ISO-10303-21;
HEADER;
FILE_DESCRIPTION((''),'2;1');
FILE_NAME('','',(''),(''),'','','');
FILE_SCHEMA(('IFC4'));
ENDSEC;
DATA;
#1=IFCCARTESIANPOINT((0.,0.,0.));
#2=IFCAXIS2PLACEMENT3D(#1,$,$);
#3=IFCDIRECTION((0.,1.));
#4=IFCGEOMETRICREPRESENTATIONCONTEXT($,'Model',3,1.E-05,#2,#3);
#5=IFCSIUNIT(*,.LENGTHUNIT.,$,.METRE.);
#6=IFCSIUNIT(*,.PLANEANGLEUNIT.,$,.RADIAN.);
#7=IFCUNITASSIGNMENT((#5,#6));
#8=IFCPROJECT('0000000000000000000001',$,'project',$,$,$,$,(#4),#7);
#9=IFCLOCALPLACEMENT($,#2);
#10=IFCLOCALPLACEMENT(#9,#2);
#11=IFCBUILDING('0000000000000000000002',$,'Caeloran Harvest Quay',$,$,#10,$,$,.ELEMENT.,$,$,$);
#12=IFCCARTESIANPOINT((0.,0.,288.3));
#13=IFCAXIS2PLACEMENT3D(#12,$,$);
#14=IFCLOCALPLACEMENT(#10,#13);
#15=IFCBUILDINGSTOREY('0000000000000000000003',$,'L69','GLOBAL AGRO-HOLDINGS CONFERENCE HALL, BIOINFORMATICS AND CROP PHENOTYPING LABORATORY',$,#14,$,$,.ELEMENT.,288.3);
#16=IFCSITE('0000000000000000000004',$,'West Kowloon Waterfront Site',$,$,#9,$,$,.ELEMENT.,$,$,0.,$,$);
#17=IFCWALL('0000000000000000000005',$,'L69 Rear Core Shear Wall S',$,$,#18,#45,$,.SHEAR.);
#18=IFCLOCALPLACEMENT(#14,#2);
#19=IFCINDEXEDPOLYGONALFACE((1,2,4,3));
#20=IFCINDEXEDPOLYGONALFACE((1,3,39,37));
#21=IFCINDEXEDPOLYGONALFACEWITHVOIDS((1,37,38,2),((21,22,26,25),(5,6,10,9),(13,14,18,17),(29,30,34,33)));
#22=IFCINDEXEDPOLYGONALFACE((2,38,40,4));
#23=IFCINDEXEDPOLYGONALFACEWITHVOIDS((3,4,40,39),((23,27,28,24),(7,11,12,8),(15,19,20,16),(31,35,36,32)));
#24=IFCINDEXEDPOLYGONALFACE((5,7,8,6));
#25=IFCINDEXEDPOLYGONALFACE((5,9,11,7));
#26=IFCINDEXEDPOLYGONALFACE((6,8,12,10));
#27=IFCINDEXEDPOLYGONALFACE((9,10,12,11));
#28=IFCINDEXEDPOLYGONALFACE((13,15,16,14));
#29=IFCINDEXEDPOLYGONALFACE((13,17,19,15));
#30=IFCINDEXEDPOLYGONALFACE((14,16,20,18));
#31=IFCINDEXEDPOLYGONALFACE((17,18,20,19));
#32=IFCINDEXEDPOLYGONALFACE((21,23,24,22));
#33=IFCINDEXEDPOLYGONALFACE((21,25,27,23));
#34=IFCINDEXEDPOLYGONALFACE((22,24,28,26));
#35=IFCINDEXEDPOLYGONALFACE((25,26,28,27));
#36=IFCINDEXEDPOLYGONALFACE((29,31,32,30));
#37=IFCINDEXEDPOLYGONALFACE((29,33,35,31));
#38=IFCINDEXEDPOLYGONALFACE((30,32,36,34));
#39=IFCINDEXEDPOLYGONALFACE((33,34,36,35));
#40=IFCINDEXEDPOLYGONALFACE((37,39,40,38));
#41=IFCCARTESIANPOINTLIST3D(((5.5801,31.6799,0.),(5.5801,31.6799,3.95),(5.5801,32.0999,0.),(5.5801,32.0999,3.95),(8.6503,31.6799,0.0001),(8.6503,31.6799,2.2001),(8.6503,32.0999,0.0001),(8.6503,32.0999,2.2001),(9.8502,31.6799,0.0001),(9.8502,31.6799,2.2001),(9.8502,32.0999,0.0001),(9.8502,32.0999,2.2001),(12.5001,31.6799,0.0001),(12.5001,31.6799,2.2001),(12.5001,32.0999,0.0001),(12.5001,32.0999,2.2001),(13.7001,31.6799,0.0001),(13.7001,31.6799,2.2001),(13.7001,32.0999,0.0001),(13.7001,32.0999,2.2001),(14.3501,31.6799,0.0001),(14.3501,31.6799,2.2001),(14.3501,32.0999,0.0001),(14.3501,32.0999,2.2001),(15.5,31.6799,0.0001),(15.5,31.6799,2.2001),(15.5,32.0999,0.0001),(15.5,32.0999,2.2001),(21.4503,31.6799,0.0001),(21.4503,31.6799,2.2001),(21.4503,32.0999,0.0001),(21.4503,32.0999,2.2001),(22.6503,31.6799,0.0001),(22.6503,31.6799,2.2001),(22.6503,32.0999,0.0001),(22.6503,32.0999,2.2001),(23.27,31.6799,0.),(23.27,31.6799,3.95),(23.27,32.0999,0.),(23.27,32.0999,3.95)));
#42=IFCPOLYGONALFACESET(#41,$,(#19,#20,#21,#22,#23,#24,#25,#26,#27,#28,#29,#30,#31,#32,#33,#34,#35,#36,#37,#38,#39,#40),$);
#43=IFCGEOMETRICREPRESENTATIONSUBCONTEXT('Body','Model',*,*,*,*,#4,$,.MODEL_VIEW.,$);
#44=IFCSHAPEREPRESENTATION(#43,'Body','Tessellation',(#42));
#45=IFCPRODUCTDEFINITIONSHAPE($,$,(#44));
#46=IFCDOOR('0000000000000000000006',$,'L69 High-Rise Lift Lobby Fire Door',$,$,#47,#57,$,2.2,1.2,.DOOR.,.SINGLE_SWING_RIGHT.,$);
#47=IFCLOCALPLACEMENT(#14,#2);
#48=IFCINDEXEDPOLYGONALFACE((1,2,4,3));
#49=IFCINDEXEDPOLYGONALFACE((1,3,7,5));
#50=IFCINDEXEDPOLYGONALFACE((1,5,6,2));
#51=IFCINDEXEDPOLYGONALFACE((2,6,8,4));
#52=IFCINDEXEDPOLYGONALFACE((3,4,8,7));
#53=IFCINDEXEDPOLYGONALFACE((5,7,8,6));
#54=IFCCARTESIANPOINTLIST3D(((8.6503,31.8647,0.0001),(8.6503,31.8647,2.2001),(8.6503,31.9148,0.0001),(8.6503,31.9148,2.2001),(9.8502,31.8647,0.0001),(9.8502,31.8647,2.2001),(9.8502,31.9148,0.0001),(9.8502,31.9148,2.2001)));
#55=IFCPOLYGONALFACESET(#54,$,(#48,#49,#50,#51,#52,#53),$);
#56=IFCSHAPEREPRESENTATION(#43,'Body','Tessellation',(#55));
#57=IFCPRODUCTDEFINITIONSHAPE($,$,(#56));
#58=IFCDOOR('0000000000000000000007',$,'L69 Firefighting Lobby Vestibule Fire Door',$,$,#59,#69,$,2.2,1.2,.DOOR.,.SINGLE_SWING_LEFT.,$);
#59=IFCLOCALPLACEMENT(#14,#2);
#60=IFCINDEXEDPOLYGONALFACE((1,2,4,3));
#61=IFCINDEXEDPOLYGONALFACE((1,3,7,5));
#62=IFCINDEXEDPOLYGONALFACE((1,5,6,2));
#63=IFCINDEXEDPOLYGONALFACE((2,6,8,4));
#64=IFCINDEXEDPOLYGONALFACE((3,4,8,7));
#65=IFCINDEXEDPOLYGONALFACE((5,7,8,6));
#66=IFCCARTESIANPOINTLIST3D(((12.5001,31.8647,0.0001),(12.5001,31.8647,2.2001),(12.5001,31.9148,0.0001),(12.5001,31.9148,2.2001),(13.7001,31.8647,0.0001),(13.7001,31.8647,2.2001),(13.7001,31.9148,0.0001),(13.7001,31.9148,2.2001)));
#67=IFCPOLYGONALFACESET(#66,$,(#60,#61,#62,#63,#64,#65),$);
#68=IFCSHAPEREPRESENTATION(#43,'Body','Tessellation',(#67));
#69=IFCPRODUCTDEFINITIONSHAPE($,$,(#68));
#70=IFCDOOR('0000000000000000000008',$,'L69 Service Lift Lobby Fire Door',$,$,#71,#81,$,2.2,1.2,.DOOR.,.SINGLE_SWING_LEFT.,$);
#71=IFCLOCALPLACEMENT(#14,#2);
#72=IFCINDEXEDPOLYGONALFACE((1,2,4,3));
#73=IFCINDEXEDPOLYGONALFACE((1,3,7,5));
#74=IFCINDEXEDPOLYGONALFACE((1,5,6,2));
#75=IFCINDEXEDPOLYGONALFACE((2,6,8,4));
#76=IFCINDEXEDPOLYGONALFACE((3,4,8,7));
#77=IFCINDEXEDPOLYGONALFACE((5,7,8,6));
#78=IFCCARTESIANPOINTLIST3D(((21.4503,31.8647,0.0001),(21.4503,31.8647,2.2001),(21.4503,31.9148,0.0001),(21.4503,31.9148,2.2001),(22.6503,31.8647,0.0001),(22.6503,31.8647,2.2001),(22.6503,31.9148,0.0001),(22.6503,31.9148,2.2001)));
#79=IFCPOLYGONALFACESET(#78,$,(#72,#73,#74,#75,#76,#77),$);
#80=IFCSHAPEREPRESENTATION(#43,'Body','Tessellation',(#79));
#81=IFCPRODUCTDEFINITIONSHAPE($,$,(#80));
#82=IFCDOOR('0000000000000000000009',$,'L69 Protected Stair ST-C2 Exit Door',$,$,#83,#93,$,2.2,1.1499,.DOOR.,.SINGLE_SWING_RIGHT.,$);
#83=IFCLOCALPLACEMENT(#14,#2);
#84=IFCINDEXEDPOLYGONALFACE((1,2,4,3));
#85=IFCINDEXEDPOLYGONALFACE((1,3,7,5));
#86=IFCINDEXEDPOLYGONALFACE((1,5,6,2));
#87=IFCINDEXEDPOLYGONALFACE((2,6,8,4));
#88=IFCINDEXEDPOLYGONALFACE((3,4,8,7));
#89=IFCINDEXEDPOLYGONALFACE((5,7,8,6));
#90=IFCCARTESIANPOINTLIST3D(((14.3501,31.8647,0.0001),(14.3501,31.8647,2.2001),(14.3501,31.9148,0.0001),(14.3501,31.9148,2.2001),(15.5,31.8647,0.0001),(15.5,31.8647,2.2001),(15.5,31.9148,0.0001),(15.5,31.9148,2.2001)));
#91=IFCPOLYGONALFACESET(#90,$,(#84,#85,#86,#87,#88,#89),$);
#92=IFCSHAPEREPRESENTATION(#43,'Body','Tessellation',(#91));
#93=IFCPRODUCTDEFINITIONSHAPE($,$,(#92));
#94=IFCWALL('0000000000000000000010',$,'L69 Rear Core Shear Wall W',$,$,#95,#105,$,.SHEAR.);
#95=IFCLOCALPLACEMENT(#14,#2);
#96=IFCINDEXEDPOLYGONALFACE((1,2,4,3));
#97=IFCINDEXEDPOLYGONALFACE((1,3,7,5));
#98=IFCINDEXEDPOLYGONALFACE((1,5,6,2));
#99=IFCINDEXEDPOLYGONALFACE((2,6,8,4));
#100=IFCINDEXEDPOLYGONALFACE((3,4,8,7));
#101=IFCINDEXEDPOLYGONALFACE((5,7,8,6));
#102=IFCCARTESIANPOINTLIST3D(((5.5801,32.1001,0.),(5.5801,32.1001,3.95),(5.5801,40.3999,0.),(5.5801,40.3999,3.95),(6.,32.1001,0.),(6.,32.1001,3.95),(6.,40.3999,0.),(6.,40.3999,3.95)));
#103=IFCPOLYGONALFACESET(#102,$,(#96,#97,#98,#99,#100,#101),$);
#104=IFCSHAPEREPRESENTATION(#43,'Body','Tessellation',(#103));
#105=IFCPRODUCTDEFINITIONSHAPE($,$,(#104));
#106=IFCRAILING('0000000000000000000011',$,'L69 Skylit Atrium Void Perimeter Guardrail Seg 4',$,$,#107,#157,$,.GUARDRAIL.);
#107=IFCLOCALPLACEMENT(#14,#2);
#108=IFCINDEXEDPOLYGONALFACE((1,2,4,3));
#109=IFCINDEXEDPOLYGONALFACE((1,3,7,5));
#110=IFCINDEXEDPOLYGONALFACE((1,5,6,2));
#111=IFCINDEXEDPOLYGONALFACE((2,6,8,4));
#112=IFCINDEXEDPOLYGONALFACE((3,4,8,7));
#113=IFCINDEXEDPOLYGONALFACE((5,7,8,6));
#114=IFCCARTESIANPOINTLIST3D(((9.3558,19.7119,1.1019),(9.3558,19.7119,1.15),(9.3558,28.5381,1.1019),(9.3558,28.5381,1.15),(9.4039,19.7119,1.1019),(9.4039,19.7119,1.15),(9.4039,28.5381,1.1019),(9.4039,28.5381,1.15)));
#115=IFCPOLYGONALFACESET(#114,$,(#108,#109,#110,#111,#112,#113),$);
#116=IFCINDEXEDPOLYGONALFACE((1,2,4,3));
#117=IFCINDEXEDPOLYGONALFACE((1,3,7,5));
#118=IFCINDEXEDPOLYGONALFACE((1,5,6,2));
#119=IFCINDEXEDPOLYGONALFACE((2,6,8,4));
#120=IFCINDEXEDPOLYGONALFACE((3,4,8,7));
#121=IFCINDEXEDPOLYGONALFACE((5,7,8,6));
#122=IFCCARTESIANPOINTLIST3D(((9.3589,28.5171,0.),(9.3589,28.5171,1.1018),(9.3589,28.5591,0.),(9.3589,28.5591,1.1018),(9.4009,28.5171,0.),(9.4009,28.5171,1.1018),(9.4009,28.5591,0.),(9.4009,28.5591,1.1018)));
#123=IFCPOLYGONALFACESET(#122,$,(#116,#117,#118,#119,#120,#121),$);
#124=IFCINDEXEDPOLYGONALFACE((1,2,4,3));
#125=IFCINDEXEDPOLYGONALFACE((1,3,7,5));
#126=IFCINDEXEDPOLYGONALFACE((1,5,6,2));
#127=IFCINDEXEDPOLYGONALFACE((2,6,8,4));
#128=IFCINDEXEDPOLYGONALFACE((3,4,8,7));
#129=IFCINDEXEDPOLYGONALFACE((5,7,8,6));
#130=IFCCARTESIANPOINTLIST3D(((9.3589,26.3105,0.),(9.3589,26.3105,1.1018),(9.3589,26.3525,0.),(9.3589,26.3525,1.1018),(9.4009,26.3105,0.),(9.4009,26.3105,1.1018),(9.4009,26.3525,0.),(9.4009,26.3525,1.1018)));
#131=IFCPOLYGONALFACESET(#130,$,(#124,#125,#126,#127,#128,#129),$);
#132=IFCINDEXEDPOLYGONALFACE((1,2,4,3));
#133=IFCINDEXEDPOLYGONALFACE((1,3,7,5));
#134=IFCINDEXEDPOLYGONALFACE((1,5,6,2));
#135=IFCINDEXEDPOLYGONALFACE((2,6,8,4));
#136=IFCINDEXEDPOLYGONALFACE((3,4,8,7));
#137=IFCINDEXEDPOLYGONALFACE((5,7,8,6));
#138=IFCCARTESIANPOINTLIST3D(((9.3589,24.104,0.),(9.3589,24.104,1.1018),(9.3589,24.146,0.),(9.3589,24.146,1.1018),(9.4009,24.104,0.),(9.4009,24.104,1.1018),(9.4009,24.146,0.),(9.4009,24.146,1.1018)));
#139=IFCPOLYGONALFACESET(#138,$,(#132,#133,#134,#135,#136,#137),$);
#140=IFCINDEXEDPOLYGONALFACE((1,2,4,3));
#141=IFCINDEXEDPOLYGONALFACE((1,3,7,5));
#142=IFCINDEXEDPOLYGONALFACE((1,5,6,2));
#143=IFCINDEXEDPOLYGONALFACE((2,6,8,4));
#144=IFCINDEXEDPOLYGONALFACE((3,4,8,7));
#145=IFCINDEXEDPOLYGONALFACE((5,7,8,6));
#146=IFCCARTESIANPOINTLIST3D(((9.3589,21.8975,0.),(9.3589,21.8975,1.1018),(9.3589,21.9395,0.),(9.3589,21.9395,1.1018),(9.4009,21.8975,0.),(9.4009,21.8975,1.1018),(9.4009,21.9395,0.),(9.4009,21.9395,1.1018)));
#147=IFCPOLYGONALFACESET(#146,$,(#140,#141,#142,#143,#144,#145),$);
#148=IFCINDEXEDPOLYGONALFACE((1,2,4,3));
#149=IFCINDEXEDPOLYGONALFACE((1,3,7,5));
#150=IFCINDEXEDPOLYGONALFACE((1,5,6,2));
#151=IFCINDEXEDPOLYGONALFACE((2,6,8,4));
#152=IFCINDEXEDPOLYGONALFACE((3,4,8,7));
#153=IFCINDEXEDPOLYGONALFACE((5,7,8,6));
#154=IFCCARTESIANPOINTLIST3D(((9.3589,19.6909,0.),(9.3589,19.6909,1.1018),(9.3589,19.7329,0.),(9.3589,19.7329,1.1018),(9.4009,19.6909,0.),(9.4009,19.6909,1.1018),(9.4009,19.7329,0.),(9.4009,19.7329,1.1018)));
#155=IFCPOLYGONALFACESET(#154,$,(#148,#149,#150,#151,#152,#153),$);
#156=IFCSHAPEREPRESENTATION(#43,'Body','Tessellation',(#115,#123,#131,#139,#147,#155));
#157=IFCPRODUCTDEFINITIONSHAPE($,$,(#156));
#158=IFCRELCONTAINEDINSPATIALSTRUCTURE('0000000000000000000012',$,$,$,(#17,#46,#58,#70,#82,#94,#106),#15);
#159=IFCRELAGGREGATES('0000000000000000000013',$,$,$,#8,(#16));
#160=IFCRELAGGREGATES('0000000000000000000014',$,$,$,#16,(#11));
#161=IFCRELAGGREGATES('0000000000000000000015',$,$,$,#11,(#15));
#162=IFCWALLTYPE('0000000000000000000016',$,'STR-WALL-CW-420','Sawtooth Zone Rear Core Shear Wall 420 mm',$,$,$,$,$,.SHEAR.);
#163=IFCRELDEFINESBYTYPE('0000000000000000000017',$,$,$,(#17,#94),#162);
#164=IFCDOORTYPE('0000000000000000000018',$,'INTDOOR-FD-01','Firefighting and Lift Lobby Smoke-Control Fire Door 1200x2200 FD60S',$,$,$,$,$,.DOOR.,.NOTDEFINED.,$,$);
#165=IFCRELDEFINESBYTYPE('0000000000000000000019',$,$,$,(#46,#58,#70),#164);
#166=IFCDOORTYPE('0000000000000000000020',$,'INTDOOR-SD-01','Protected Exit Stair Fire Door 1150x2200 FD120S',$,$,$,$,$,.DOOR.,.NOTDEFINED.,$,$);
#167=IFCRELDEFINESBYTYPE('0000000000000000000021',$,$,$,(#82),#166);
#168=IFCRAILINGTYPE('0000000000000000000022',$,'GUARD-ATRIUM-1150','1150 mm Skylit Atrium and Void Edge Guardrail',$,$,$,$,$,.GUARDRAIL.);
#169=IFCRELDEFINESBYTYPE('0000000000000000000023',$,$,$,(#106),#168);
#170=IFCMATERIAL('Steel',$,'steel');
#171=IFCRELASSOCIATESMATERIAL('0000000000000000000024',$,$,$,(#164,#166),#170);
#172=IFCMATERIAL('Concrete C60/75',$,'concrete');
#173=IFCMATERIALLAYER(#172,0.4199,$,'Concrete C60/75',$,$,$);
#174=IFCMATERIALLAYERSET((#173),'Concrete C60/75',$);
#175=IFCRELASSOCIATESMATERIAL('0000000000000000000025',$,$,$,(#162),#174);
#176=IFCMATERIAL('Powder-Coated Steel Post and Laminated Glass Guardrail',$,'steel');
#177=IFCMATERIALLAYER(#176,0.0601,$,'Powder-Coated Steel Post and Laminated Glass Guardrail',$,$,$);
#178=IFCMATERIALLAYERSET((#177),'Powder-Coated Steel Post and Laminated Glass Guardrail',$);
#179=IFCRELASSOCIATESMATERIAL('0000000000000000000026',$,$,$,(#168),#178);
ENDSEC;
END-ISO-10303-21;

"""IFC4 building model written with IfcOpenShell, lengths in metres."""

from ifc_helpers import new_model, si_unit, direction, frame, frame_2d, origin, origin_2d, place, context, subcontext, project, spatial, rectangle, extrude, material, layer, layer_set, type_object, element, fill, save


model = new_model("IFC4")

# Units and contexts
model_context = context("Model", 3, precision=1e-05, world=origin(), true_north=direction((0.0, 1.0)))
body_context = subcontext(model_context, "Body", "Model", "MODEL_VIEW")
ifc_project = project(units=[si_unit("LENGTHUNIT", "METRE"), si_unit("PLANEANGLEUNIT", "RADIAN")], contexts=[model_context])

# Site, building, storey
site_placement = place(None, origin())
site = spatial("IfcSite", under=ifc_project, at=site_placement, Name="West Kowloon Waterfront Site", CompositionType="ELEMENT", RefElevation=0.0)
building_placement = place(site_placement, origin())
building = spatial("IfcBuilding", under=site, at=building_placement, Name="Caeloran Harvest Quay", CompositionType="ELEMENT")
storey_placement = place(building_placement, frame((0.0, 0.0, 288.3)))
storey = spatial("IfcBuildingStorey", under=building, at=storey_placement, Name="L69", Description="GLOBAL AGRO-HOLDINGS CONFERENCE HALL, BIOINFORMATICS AND CROP PHENOTYPING LABORATORY", CompositionType="ELEMENT", Elevation=288.3)

# Shared definitions
ifc_material_1 = material(Name="Concrete C60/75", Category="concrete")

# Shared definitions
ifc_material_2 = material(Name="Steel", Category="steel")
door_type_1 = type_object("IfcDoorType", Name="INTDOOR-FD-01", Description="Firefighting and Lift Lobby Smoke-Control Fire Door 1200x2200 FD60S", OperationType="NOTDEFINED", PredefinedType="DOOR", material=ifc_material_2)

# Wall, openings, doors
ifc_layer_1 = layer(ifc_material_1, 0.4199, Name="Concrete C60/75")
ifc_layer_set_1 = layer_set([ifc_layer_1], Name="Concrete C60/75")
wall_type_1 = type_object("IfcWallType", Name="STR-WALL-CW-420", Description="Sawtooth Zone Rear Core Shear Wall 420 mm", PredefinedType="SHEAR", material=ifc_layer_set_1)
wall_1_placement = place(storey_placement, frame((5.5801, 31.8899, 0.0), z_axis=(0.0, 0.0, 1.0), x_axis=(1.0, 0.0, 0.0)))
wall_1 = element("IfcWall", 1, at=wall_1_placement, inside=storey, type_object=wall_type_1, Name="L69 Rear Core Shear Wall S", PredefinedType="SHEAR", context=body_context, shape_type="SweptSolid", body=[
    extrude(rectangle(XDim=17.6899, YDim=0.4199, at=frame_2d((8.845, 0.0))), origin(), (0.0, 0.0, 1.0), 3.95),
])
opening_1_placement = place(wall_1_placement, frame((3.0701, 0.0, 0.0)))
opening_1 = element("IfcOpeningElement", 2, at=opening_1_placement, cuts=wall_1, PredefinedType="OPENING", context=body_context, shape_type="SweptSolid", body=[
    extrude(rectangle(XDim=1.2, YDim=2.2, at=frame_2d((0.6001, 1.1001))), frame((0.0, 0.22, 0.0), z_axis=(0.0, -1.0, 0.0), x_axis=(1.0, 0.0, 0.0)), (0.0, 0.0, 1.0), 0.4399),
])
opening_2_placement = place(wall_1_placement, frame((6.9199, 0.0, 0.0)))
opening_2 = element("IfcOpeningElement", 3, at=opening_2_placement, cuts=wall_1, PredefinedType="OPENING", context=body_context, shape_type="SweptSolid", body=[
    extrude(rectangle(XDim=1.2, YDim=2.2, at=frame_2d((0.6001, 1.1001))), frame((0.0, 0.22, 0.0), z_axis=(0.0, -1.0, 0.0), x_axis=(1.0, 0.0, 0.0)), (0.0, 0.0, 1.0), 0.4399),
])
opening_3_placement = place(wall_1_placement, frame((8.77, 0.0, 0.0)))
opening_3 = element("IfcOpeningElement", 4, at=opening_3_placement, cuts=wall_1, PredefinedType="OPENING", context=body_context, shape_type="SweptSolid", body=[
    extrude(rectangle(XDim=1.1499, YDim=2.2, at=frame_2d((0.575, 1.1001))), frame((0.0, 0.22, 0.0), z_axis=(0.0, -1.0, 0.0), x_axis=(1.0, 0.0, 0.0)), (0.0, 0.0, 1.0), 0.4399),
])
opening_4_placement = place(wall_1_placement, frame((15.8701, 0.0, 0.0)))
opening_4 = element("IfcOpeningElement", 5, at=opening_4_placement, cuts=wall_1, PredefinedType="OPENING", context=body_context, shape_type="SweptSolid", body=[
    extrude(rectangle(XDim=1.2, YDim=2.2, at=frame_2d((0.6001, 1.1001))), frame((0.0, 0.22, 0.0), z_axis=(0.0, -1.0, 0.0), x_axis=(1.0, 0.0, 0.0)), (0.0, 0.0, 1.0), 0.4399),
])
door_1_placement = place(opening_1_placement, origin())
door_1 = element("IfcDoor", 6, at=door_1_placement, inside=storey, type_object=door_type_1, Name="L69 High-Rise Lift Lobby Fire Door", OperationType="SINGLE_SWING_RIGHT", OverallHeight=2.2, OverallWidth=1.2, PredefinedType="DOOR", context=body_context, shape_type="SweptSolid", body=[
    extrude(rectangle(XDim=1.2, YDim=2.2, at=frame_2d((0.6001, 1.1001))), frame((0.0, 0.0249, 0.0), z_axis=(0.0, -1.0, 0.0), x_axis=(1.0, 0.0, 0.0)), (0.0, 0.0, 1.0), 0.05),
])
fill(opening_1, door_1)
door_2_placement = place(opening_2_placement, origin())
door_2 = element("IfcDoor", 7, at=door_2_placement, inside=storey, type_object=door_type_1, Name="L69 Firefighting Lobby Vestibule Fire Door", OperationType="SINGLE_SWING_LEFT", OverallHeight=2.2, OverallWidth=1.2, PredefinedType="DOOR", context=body_context, shape_type="SweptSolid", body=[
    extrude(rectangle(XDim=1.2, YDim=2.2, at=frame_2d((0.6001, 1.1001))), frame((0.0, 0.0249, 0.0), z_axis=(0.0, -1.0, 0.0), x_axis=(1.0, 0.0, 0.0)), (0.0, 0.0, 1.0), 0.05),
])
fill(opening_2, door_2)
door_3_placement = place(opening_4_placement, origin())
door_3 = element("IfcDoor", 8, at=door_3_placement, inside=storey, type_object=door_type_1, Name="L69 Service Lift Lobby Fire Door", OperationType="SINGLE_SWING_LEFT", OverallHeight=2.2, OverallWidth=1.2, PredefinedType="DOOR", context=body_context, shape_type="SweptSolid", body=[
    extrude(rectangle(XDim=1.2, YDim=2.2, at=frame_2d((0.6001, 1.1001))), frame((0.0, 0.0249, 0.0), z_axis=(0.0, -1.0, 0.0), x_axis=(1.0, 0.0, 0.0)), (0.0, 0.0, 1.0), 0.05),
])
fill(opening_4, door_3)
door_type_2 = type_object("IfcDoorType", Name="INTDOOR-SD-01", Description="Protected Exit Stair Fire Door 1150x2200 FD120S", OperationType="NOTDEFINED", PredefinedType="DOOR", material=ifc_material_2)
door_4_placement = place(opening_3_placement, origin())
door_4 = element("IfcDoor", 9, at=door_4_placement, inside=storey, type_object=door_type_2, Name="L69 Protected Stair ST-C2 Exit Door", OperationType="SINGLE_SWING_RIGHT", OverallHeight=2.2, OverallWidth=1.1499, PredefinedType="DOOR", context=body_context, shape_type="SweptSolid", body=[
    extrude(rectangle(XDim=1.1499, YDim=2.2, at=frame_2d((0.575, 1.1001))), frame((0.0, 0.0249, 0.0), z_axis=(0.0, -1.0, 0.0), x_axis=(1.0, 0.0, 0.0)), (0.0, 0.0, 1.0), 0.05),
])
fill(opening_3, door_4)

# Wall
wall_2_placement = place(storey_placement, frame((5.79, 32.1001, 0.0), z_axis=(0.0, 0.0, 1.0), x_axis=(0.0, 1.0, 0.0)))
element("IfcWall", 10, at=wall_2_placement, inside=storey, type_object=wall_type_1, Name="L69 Rear Core Shear Wall W", PredefinedType="SHEAR", context=body_context, shape_type="SweptSolid", body=[
    extrude(rectangle(XDim=8.2998, YDim=0.4199, at=frame_2d((4.1499, 0.0))), origin(), (0.0, 0.0, 1.0), 3.95),
])

# Railing
ifc_material_3 = material(Name="Powder-Coated Steel Post and Laminated Glass Guardrail", Category="steel")
ifc_layer_2 = layer(ifc_material_3, 0.0601, Name="Powder-Coated Steel Post and Laminated Glass Guardrail")
ifc_layer_set_2 = layer_set([ifc_layer_2], Name="Powder-Coated Steel Post and Laminated Glass Guardrail")
railing_type = type_object("IfcRailingType", Name="GUARD-ATRIUM-1150", Description="1150 mm Skylit Atrium and Void Edge Guardrail", PredefinedType="GUARDRAIL", material=ifc_layer_set_2)
railing_placement = place(storey_placement, frame((9.3799, 28.5381, 0.0)))
element("IfcRailing", 11, at=railing_placement, inside=storey, type_object=railing_type, Name="L69 Skylit Atrium Void Perimeter Guardrail Seg 4", PredefinedType="GUARDRAIL", context=body_context, shape_type="SweptSolid", body=[
    extrude(rectangle(XDim=0.0481, YDim=0.0481, at=origin_2d()), frame((0.0, 0.0, 1.126), z_axis=(0.0, -1.0, 0.0), x_axis=(1.0, 0.0, 0.0)), (0.0, 0.0, 1.0), 8.8262),
    extrude(rectangle(XDim=0.042, YDim=0.042, at=origin_2d()), origin(), (0.0, 0.0, 1.0), 1.1018),
    extrude(rectangle(XDim=0.042, YDim=0.042, at=origin_2d()), frame((0.0, -2.2065, 0.0)), (0.0, 0.0, 1.0), 1.1018),
    extrude(rectangle(XDim=0.042, YDim=0.042, at=origin_2d()), frame((0.0, -4.4131, 0.0)), (0.0, 0.0, 1.0), 1.1018),
    extrude(rectangle(XDim=0.042, YDim=0.042, at=origin_2d()), frame((0.0, -6.6196, 0.0)), (0.0, 0.0, 1.0), 1.1018),
    extrude(rectangle(XDim=0.042, YDim=0.042, at=origin_2d()), frame((0.0, -8.8262, 0.0)), (0.0, 0.0, 1.0), 1.1018),
])

save(model, "model.ifc")
